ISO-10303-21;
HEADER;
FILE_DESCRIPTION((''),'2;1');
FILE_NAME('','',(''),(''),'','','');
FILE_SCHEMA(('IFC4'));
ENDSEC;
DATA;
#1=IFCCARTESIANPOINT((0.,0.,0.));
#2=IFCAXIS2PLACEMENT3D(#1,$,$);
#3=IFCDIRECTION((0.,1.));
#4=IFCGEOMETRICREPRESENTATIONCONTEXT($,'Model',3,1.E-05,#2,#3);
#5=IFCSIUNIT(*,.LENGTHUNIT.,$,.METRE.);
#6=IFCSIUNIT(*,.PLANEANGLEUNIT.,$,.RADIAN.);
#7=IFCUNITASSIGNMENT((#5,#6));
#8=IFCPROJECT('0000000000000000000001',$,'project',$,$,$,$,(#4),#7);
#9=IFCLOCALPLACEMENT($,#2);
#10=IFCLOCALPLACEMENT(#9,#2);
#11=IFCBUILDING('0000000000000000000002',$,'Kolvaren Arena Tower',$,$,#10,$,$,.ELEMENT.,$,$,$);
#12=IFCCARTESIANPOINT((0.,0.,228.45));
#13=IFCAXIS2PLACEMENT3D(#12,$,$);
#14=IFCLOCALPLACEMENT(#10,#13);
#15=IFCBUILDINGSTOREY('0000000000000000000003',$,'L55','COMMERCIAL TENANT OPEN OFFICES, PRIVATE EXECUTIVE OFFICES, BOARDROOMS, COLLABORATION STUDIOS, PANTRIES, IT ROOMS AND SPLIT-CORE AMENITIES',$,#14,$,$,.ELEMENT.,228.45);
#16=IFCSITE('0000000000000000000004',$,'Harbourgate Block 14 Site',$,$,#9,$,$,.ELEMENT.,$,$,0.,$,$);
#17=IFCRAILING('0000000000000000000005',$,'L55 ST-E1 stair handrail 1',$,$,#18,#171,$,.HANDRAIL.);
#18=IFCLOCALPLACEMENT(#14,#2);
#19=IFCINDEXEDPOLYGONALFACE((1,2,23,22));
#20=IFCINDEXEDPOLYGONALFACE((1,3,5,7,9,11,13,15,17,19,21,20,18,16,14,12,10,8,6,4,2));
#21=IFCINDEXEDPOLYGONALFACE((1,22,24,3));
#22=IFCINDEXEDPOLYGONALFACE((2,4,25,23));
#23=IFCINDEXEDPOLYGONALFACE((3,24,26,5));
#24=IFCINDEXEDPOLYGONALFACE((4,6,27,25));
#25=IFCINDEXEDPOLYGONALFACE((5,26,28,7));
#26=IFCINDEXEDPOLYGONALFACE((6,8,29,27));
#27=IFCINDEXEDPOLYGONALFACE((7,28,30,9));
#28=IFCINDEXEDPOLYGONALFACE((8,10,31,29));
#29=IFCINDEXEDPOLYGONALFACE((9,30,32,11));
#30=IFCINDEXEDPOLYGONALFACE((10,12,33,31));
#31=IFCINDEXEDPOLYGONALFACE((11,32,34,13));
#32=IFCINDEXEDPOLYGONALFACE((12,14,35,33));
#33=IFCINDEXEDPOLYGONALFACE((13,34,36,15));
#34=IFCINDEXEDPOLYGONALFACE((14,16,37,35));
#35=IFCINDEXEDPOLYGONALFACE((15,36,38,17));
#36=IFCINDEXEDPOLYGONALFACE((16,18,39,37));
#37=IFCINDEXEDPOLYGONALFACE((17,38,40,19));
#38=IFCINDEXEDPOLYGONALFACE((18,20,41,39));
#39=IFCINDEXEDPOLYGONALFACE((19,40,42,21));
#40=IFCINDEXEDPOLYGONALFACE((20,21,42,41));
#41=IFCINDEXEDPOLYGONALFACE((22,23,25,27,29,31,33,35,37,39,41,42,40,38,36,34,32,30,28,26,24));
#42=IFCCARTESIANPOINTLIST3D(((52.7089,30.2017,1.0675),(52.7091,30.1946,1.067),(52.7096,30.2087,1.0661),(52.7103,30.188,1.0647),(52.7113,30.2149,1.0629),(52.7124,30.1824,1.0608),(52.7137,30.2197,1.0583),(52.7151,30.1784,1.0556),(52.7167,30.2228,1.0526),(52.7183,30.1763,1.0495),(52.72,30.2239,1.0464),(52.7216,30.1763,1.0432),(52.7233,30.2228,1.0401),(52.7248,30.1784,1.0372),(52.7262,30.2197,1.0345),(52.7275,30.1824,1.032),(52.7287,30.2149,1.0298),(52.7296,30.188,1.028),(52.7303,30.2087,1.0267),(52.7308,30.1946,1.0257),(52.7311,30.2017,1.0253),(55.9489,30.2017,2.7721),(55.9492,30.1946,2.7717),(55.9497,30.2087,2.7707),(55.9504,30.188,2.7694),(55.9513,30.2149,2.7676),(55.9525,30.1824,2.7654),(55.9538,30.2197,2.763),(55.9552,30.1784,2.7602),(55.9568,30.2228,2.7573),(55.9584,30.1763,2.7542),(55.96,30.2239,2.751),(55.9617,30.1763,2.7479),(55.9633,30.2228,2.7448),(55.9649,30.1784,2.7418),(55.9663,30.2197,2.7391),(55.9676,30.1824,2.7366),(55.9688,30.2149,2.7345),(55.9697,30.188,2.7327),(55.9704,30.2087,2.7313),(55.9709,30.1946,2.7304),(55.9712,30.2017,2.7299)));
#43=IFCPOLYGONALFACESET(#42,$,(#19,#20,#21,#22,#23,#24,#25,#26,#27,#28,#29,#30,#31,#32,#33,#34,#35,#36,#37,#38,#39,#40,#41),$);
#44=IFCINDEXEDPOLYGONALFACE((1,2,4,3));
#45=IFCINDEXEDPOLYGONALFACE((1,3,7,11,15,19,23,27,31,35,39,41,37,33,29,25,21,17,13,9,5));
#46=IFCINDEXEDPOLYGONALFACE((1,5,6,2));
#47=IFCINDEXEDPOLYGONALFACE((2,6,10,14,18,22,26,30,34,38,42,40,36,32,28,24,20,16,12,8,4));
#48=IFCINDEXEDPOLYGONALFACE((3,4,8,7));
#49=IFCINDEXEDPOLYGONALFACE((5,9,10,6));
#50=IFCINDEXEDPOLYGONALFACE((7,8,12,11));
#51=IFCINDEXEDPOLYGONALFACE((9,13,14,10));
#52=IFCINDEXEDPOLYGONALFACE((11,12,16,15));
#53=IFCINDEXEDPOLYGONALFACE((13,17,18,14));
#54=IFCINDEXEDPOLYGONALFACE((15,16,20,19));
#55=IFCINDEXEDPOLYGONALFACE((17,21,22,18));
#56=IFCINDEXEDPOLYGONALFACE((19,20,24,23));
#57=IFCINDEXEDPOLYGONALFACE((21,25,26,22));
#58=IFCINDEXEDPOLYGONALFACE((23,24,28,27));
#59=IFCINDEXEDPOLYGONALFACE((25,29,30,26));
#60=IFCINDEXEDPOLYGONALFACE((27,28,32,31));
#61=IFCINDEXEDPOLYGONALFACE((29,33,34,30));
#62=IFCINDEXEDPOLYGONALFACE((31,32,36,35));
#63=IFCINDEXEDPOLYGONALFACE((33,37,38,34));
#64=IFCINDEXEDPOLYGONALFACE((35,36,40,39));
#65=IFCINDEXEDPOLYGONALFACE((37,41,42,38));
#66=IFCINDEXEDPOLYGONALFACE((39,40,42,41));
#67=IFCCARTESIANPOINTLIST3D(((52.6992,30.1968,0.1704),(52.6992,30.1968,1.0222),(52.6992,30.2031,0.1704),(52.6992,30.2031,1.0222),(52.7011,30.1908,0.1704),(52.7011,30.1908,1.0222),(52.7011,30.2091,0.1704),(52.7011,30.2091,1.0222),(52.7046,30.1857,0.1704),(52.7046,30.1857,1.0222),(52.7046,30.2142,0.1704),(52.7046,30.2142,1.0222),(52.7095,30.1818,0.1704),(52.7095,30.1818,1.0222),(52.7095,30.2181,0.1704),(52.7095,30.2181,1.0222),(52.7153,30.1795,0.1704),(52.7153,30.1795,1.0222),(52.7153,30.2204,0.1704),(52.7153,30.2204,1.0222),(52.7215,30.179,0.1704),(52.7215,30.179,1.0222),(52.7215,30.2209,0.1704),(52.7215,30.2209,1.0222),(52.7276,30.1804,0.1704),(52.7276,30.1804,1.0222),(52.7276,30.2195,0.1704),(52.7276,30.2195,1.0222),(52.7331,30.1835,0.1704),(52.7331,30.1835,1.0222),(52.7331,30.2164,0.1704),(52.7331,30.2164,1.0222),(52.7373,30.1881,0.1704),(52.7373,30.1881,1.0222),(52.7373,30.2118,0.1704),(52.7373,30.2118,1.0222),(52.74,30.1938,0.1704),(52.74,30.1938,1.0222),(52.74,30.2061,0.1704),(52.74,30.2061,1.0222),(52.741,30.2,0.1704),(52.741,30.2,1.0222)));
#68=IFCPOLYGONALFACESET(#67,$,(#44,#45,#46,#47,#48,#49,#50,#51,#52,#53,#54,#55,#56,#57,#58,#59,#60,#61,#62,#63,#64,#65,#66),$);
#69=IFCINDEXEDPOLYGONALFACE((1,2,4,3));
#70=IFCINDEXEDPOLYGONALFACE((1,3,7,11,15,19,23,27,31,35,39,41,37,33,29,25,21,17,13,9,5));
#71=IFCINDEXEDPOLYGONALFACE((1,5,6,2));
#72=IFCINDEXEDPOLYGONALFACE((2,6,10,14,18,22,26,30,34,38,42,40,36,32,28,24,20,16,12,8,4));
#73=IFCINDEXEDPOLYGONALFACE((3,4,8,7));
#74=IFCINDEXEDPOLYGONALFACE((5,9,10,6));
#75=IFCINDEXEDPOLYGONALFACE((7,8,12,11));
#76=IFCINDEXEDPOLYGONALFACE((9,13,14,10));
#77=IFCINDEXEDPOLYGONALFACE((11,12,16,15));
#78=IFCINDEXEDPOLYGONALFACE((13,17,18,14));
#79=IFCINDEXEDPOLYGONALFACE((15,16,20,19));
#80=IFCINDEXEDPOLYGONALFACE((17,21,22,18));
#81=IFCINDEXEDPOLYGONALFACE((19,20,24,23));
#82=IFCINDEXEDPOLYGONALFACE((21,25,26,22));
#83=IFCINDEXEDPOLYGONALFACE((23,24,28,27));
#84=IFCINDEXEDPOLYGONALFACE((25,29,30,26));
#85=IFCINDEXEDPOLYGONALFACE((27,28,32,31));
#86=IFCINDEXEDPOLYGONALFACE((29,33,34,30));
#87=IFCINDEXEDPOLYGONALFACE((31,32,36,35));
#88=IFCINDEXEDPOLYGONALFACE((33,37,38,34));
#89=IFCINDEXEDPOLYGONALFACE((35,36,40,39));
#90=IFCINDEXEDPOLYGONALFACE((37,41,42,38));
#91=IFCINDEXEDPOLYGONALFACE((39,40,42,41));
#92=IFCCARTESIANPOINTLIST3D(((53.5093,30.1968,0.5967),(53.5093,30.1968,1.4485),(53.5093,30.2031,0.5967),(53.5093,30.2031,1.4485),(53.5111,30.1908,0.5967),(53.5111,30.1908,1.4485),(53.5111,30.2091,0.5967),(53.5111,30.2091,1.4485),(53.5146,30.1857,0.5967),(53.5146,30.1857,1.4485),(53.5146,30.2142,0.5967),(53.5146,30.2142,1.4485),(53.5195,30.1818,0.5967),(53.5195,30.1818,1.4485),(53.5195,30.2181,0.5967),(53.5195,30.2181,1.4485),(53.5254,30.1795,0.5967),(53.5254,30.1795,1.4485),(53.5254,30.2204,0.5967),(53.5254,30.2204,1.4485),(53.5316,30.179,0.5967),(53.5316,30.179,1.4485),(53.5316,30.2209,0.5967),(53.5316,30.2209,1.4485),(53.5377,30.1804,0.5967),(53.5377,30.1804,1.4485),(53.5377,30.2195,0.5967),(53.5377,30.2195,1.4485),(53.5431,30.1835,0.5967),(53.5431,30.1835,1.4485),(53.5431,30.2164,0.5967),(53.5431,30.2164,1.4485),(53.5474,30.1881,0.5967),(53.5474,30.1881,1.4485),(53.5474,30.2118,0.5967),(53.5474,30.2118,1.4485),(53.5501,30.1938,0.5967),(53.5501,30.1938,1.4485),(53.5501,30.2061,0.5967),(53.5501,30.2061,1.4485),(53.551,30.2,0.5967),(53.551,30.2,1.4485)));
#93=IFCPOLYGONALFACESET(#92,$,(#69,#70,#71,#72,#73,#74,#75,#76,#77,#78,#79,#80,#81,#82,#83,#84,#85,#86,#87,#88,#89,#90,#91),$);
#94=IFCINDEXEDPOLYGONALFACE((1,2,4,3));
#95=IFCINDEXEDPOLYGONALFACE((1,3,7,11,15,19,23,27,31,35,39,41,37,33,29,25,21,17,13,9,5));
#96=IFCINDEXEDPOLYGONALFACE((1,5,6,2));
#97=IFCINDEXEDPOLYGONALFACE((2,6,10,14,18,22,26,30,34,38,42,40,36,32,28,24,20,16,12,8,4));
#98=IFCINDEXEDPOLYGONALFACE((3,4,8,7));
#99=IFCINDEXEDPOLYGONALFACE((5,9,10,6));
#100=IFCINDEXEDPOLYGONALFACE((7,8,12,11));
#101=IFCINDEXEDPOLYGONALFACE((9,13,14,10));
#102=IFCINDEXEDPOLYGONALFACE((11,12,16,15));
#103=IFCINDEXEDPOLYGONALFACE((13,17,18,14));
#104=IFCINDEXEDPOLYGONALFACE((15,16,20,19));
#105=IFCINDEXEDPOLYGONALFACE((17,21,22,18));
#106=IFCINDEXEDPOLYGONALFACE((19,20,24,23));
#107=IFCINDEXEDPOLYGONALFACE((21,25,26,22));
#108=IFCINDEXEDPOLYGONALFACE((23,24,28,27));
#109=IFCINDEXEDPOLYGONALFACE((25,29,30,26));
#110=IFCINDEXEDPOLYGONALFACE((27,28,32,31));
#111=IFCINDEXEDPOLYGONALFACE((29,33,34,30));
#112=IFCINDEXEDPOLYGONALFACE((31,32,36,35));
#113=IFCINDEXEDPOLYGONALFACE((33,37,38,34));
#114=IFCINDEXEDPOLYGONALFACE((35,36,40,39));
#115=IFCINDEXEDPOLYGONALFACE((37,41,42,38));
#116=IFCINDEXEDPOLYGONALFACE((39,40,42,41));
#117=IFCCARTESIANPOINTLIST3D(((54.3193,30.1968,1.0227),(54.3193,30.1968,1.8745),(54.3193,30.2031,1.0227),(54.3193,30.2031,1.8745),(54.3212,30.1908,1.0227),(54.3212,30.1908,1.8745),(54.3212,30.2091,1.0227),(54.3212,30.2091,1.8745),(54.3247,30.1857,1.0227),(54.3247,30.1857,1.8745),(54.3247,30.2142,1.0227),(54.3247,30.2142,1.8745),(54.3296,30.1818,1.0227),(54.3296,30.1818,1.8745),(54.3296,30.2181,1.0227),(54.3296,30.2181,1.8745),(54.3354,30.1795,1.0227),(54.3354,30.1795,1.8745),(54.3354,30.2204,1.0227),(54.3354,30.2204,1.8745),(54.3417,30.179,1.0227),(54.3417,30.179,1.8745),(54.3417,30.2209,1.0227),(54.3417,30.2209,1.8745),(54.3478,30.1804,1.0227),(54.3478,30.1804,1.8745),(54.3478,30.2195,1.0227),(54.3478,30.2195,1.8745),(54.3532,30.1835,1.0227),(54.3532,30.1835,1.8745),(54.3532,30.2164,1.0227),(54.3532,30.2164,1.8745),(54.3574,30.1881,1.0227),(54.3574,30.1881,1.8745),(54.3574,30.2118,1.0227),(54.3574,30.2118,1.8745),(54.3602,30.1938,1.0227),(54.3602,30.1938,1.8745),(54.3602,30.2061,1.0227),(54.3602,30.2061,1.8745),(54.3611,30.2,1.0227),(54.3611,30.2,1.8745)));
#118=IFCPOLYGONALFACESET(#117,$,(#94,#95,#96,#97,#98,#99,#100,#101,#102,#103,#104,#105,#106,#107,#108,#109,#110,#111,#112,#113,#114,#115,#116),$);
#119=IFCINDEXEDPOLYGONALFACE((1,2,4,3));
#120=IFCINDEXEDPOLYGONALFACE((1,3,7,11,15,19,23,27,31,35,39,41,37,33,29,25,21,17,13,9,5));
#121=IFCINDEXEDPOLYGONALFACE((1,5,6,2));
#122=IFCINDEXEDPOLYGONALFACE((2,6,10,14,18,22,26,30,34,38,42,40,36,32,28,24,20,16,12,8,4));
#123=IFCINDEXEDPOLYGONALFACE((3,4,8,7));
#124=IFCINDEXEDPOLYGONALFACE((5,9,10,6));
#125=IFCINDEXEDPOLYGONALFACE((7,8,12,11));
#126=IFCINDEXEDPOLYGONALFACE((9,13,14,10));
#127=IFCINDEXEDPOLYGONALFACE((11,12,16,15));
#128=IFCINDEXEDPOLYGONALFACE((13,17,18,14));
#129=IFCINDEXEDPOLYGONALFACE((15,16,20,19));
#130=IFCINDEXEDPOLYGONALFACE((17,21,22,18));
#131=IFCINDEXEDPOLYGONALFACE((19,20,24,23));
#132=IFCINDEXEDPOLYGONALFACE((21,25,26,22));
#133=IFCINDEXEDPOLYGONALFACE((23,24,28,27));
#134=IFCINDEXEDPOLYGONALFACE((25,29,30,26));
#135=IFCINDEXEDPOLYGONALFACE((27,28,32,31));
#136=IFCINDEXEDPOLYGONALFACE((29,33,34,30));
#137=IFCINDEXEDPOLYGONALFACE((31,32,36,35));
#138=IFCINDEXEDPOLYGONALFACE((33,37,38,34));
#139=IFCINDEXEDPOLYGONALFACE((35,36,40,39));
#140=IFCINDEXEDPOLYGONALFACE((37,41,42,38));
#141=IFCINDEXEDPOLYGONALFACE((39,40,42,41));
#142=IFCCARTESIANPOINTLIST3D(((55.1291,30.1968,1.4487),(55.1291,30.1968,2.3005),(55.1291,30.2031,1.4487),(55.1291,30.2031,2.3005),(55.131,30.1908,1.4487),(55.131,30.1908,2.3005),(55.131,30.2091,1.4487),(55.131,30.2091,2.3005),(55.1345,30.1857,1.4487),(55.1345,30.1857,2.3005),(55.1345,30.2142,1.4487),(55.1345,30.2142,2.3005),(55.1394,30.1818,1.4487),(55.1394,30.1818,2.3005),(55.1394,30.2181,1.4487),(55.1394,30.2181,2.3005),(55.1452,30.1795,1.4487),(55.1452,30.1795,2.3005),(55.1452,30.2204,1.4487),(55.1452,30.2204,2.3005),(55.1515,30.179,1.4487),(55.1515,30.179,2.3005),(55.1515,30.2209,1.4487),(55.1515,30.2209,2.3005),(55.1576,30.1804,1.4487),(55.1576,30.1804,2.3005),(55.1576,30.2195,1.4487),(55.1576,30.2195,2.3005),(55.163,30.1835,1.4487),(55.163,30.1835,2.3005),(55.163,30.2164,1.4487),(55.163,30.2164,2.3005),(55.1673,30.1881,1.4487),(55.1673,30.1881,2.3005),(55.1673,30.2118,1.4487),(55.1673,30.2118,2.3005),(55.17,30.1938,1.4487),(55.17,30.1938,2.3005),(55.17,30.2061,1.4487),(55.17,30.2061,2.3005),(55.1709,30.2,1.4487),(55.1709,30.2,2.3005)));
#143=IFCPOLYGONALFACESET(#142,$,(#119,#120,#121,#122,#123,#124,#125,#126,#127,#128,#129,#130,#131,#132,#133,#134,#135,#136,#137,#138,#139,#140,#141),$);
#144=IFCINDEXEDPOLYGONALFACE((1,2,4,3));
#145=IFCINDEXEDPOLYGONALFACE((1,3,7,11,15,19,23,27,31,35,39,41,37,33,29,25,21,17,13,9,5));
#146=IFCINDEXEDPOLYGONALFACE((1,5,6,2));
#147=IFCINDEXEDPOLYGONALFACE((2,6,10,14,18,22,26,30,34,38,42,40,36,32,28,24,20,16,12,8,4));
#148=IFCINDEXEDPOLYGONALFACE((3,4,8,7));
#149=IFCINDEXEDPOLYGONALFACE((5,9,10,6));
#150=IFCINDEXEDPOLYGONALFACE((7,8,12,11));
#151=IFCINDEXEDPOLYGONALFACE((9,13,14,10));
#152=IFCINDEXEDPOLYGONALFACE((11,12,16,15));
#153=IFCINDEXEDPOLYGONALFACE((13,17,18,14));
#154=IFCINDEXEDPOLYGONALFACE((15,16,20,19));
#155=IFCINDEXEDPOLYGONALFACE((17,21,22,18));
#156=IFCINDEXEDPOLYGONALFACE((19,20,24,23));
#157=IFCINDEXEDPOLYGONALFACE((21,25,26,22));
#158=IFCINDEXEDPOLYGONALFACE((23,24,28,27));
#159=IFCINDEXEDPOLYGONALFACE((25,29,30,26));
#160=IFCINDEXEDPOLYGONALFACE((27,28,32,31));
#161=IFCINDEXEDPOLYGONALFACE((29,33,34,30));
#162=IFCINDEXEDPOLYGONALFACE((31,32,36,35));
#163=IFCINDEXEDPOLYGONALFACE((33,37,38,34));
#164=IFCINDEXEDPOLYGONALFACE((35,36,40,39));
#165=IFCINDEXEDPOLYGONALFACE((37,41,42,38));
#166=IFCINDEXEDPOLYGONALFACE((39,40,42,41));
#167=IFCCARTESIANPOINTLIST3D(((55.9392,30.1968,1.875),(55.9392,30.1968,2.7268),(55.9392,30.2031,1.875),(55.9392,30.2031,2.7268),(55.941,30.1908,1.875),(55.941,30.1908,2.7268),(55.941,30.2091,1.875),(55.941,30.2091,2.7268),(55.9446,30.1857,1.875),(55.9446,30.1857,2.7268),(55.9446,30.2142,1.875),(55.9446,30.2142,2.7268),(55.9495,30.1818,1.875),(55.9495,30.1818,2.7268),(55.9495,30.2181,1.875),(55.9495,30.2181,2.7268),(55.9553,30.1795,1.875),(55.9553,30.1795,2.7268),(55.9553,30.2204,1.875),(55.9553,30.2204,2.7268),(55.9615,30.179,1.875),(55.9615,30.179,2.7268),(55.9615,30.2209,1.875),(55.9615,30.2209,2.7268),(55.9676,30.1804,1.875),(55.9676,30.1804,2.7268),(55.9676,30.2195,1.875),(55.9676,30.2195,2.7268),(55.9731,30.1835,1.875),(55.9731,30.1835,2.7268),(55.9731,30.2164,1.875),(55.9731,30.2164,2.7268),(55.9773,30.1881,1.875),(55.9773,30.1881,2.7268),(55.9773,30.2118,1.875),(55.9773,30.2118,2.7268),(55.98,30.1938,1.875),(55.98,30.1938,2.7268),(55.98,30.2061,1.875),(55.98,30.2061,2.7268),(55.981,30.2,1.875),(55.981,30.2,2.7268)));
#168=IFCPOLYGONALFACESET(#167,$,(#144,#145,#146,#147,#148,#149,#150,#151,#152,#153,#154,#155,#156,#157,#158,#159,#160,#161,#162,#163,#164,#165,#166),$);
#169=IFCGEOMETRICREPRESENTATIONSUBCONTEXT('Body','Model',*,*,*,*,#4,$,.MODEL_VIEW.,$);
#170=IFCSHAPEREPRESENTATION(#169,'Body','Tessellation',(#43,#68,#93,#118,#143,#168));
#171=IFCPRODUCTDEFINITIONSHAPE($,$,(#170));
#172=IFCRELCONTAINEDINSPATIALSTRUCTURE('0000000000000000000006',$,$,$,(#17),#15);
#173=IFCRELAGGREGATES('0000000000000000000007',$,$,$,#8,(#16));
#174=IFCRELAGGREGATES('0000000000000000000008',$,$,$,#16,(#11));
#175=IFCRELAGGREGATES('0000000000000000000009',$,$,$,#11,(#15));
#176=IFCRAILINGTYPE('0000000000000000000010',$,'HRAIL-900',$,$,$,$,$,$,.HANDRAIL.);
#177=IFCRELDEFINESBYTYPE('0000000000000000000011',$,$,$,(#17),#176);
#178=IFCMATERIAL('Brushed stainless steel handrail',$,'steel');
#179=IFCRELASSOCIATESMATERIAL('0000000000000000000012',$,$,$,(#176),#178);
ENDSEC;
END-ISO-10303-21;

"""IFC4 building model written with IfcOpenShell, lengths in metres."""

from ifc_helpers import new_model, si_unit, direction, frame, origin, origin_2d, place, context, subcontext, project, spatial, circle, extrude, material, type_object, element, save


model = new_model("IFC4")

# Units and contexts
model_context = context("Model", 3, precision=1e-05, world=origin(), true_north=direction((0.0, 1.0)))
body_context = subcontext(model_context, "Body", "Model", "MODEL_VIEW")
ifc_project = project(units=[si_unit("LENGTHUNIT", "METRE"), si_unit("PLANEANGLEUNIT", "RADIAN")], contexts=[model_context])

# Site, building, storey
site_placement = place(None, origin())
site = spatial("IfcSite", under=ifc_project, at=site_placement, Name="Harbourgate Block 14 Site", CompositionType="ELEMENT", RefElevation=0.0)
building_placement = place(site_placement, origin())
building = spatial("IfcBuilding", under=site, at=building_placement, Name="Kolvaren Arena Tower", CompositionType="ELEMENT")
storey_placement = place(building_placement, frame((0.0, 0.0, 228.45)))
storey = spatial("IfcBuildingStorey", under=building, at=storey_placement, Name="L55", Description="COMMERCIAL TENANT OPEN OFFICES, PRIVATE EXECUTIVE OFFICES, BOARDROOMS, COLLABORATION STUDIOS, PANTRIES, IT ROOMS AND SPLIT-CORE AMENITIES", CompositionType="ELEMENT", Elevation=228.45)

# Railing
ifc_material_1 = material(Name="Brushed stainless steel handrail", Category="steel")
railing_type_1 = type_object("IfcRailingType", Name="HRAIL-900", PredefinedType="HANDRAIL", material=ifc_material_1)
railing_1_placement = place(storey_placement, frame((52.72, 30.2, 0.1704)))
element("IfcRailing", 1, at=railing_1_placement, inside=storey, type_object=railing_type_1, Name="L55 ST-E1 stair handrail 1", PredefinedType="HANDRAIL", context=body_context, shape_type="SweptSolid", body=[
    extrude(circle(Radius=0.0239, at=origin_2d()), frame((0.0, 0.0, 0.876), z_axis=(0.884993, 0.0, 0.465604), x_axis=(0.0, 1.0, 0.0)), (0.0, 0.0, 1.0), 3.6611),
    extrude(circle(Radius=0.021, at=origin_2d()), origin(), (0.0, 0.0, 1.0), 0.8518),
    extrude(circle(Radius=0.021, at=origin_2d()), frame((0.8101, 0.0, 0.4263)), (0.0, 0.0, 1.0), 0.8518),
    extrude(circle(Radius=0.021, at=origin_2d()), frame((1.6201, 0.0, 0.8523)), (0.0, 0.0, 1.0), 0.8518),
    extrude(circle(Radius=0.021, at=origin_2d()), frame((2.4299, 0.0, 1.2783)), (0.0, 0.0, 1.0), 0.8518),
    extrude(circle(Radius=0.021, at=origin_2d()), frame((3.24, 0.0, 1.7046)), (0.0, 0.0, 1.0), 0.8518),
])

save(model, "model.ifc")
